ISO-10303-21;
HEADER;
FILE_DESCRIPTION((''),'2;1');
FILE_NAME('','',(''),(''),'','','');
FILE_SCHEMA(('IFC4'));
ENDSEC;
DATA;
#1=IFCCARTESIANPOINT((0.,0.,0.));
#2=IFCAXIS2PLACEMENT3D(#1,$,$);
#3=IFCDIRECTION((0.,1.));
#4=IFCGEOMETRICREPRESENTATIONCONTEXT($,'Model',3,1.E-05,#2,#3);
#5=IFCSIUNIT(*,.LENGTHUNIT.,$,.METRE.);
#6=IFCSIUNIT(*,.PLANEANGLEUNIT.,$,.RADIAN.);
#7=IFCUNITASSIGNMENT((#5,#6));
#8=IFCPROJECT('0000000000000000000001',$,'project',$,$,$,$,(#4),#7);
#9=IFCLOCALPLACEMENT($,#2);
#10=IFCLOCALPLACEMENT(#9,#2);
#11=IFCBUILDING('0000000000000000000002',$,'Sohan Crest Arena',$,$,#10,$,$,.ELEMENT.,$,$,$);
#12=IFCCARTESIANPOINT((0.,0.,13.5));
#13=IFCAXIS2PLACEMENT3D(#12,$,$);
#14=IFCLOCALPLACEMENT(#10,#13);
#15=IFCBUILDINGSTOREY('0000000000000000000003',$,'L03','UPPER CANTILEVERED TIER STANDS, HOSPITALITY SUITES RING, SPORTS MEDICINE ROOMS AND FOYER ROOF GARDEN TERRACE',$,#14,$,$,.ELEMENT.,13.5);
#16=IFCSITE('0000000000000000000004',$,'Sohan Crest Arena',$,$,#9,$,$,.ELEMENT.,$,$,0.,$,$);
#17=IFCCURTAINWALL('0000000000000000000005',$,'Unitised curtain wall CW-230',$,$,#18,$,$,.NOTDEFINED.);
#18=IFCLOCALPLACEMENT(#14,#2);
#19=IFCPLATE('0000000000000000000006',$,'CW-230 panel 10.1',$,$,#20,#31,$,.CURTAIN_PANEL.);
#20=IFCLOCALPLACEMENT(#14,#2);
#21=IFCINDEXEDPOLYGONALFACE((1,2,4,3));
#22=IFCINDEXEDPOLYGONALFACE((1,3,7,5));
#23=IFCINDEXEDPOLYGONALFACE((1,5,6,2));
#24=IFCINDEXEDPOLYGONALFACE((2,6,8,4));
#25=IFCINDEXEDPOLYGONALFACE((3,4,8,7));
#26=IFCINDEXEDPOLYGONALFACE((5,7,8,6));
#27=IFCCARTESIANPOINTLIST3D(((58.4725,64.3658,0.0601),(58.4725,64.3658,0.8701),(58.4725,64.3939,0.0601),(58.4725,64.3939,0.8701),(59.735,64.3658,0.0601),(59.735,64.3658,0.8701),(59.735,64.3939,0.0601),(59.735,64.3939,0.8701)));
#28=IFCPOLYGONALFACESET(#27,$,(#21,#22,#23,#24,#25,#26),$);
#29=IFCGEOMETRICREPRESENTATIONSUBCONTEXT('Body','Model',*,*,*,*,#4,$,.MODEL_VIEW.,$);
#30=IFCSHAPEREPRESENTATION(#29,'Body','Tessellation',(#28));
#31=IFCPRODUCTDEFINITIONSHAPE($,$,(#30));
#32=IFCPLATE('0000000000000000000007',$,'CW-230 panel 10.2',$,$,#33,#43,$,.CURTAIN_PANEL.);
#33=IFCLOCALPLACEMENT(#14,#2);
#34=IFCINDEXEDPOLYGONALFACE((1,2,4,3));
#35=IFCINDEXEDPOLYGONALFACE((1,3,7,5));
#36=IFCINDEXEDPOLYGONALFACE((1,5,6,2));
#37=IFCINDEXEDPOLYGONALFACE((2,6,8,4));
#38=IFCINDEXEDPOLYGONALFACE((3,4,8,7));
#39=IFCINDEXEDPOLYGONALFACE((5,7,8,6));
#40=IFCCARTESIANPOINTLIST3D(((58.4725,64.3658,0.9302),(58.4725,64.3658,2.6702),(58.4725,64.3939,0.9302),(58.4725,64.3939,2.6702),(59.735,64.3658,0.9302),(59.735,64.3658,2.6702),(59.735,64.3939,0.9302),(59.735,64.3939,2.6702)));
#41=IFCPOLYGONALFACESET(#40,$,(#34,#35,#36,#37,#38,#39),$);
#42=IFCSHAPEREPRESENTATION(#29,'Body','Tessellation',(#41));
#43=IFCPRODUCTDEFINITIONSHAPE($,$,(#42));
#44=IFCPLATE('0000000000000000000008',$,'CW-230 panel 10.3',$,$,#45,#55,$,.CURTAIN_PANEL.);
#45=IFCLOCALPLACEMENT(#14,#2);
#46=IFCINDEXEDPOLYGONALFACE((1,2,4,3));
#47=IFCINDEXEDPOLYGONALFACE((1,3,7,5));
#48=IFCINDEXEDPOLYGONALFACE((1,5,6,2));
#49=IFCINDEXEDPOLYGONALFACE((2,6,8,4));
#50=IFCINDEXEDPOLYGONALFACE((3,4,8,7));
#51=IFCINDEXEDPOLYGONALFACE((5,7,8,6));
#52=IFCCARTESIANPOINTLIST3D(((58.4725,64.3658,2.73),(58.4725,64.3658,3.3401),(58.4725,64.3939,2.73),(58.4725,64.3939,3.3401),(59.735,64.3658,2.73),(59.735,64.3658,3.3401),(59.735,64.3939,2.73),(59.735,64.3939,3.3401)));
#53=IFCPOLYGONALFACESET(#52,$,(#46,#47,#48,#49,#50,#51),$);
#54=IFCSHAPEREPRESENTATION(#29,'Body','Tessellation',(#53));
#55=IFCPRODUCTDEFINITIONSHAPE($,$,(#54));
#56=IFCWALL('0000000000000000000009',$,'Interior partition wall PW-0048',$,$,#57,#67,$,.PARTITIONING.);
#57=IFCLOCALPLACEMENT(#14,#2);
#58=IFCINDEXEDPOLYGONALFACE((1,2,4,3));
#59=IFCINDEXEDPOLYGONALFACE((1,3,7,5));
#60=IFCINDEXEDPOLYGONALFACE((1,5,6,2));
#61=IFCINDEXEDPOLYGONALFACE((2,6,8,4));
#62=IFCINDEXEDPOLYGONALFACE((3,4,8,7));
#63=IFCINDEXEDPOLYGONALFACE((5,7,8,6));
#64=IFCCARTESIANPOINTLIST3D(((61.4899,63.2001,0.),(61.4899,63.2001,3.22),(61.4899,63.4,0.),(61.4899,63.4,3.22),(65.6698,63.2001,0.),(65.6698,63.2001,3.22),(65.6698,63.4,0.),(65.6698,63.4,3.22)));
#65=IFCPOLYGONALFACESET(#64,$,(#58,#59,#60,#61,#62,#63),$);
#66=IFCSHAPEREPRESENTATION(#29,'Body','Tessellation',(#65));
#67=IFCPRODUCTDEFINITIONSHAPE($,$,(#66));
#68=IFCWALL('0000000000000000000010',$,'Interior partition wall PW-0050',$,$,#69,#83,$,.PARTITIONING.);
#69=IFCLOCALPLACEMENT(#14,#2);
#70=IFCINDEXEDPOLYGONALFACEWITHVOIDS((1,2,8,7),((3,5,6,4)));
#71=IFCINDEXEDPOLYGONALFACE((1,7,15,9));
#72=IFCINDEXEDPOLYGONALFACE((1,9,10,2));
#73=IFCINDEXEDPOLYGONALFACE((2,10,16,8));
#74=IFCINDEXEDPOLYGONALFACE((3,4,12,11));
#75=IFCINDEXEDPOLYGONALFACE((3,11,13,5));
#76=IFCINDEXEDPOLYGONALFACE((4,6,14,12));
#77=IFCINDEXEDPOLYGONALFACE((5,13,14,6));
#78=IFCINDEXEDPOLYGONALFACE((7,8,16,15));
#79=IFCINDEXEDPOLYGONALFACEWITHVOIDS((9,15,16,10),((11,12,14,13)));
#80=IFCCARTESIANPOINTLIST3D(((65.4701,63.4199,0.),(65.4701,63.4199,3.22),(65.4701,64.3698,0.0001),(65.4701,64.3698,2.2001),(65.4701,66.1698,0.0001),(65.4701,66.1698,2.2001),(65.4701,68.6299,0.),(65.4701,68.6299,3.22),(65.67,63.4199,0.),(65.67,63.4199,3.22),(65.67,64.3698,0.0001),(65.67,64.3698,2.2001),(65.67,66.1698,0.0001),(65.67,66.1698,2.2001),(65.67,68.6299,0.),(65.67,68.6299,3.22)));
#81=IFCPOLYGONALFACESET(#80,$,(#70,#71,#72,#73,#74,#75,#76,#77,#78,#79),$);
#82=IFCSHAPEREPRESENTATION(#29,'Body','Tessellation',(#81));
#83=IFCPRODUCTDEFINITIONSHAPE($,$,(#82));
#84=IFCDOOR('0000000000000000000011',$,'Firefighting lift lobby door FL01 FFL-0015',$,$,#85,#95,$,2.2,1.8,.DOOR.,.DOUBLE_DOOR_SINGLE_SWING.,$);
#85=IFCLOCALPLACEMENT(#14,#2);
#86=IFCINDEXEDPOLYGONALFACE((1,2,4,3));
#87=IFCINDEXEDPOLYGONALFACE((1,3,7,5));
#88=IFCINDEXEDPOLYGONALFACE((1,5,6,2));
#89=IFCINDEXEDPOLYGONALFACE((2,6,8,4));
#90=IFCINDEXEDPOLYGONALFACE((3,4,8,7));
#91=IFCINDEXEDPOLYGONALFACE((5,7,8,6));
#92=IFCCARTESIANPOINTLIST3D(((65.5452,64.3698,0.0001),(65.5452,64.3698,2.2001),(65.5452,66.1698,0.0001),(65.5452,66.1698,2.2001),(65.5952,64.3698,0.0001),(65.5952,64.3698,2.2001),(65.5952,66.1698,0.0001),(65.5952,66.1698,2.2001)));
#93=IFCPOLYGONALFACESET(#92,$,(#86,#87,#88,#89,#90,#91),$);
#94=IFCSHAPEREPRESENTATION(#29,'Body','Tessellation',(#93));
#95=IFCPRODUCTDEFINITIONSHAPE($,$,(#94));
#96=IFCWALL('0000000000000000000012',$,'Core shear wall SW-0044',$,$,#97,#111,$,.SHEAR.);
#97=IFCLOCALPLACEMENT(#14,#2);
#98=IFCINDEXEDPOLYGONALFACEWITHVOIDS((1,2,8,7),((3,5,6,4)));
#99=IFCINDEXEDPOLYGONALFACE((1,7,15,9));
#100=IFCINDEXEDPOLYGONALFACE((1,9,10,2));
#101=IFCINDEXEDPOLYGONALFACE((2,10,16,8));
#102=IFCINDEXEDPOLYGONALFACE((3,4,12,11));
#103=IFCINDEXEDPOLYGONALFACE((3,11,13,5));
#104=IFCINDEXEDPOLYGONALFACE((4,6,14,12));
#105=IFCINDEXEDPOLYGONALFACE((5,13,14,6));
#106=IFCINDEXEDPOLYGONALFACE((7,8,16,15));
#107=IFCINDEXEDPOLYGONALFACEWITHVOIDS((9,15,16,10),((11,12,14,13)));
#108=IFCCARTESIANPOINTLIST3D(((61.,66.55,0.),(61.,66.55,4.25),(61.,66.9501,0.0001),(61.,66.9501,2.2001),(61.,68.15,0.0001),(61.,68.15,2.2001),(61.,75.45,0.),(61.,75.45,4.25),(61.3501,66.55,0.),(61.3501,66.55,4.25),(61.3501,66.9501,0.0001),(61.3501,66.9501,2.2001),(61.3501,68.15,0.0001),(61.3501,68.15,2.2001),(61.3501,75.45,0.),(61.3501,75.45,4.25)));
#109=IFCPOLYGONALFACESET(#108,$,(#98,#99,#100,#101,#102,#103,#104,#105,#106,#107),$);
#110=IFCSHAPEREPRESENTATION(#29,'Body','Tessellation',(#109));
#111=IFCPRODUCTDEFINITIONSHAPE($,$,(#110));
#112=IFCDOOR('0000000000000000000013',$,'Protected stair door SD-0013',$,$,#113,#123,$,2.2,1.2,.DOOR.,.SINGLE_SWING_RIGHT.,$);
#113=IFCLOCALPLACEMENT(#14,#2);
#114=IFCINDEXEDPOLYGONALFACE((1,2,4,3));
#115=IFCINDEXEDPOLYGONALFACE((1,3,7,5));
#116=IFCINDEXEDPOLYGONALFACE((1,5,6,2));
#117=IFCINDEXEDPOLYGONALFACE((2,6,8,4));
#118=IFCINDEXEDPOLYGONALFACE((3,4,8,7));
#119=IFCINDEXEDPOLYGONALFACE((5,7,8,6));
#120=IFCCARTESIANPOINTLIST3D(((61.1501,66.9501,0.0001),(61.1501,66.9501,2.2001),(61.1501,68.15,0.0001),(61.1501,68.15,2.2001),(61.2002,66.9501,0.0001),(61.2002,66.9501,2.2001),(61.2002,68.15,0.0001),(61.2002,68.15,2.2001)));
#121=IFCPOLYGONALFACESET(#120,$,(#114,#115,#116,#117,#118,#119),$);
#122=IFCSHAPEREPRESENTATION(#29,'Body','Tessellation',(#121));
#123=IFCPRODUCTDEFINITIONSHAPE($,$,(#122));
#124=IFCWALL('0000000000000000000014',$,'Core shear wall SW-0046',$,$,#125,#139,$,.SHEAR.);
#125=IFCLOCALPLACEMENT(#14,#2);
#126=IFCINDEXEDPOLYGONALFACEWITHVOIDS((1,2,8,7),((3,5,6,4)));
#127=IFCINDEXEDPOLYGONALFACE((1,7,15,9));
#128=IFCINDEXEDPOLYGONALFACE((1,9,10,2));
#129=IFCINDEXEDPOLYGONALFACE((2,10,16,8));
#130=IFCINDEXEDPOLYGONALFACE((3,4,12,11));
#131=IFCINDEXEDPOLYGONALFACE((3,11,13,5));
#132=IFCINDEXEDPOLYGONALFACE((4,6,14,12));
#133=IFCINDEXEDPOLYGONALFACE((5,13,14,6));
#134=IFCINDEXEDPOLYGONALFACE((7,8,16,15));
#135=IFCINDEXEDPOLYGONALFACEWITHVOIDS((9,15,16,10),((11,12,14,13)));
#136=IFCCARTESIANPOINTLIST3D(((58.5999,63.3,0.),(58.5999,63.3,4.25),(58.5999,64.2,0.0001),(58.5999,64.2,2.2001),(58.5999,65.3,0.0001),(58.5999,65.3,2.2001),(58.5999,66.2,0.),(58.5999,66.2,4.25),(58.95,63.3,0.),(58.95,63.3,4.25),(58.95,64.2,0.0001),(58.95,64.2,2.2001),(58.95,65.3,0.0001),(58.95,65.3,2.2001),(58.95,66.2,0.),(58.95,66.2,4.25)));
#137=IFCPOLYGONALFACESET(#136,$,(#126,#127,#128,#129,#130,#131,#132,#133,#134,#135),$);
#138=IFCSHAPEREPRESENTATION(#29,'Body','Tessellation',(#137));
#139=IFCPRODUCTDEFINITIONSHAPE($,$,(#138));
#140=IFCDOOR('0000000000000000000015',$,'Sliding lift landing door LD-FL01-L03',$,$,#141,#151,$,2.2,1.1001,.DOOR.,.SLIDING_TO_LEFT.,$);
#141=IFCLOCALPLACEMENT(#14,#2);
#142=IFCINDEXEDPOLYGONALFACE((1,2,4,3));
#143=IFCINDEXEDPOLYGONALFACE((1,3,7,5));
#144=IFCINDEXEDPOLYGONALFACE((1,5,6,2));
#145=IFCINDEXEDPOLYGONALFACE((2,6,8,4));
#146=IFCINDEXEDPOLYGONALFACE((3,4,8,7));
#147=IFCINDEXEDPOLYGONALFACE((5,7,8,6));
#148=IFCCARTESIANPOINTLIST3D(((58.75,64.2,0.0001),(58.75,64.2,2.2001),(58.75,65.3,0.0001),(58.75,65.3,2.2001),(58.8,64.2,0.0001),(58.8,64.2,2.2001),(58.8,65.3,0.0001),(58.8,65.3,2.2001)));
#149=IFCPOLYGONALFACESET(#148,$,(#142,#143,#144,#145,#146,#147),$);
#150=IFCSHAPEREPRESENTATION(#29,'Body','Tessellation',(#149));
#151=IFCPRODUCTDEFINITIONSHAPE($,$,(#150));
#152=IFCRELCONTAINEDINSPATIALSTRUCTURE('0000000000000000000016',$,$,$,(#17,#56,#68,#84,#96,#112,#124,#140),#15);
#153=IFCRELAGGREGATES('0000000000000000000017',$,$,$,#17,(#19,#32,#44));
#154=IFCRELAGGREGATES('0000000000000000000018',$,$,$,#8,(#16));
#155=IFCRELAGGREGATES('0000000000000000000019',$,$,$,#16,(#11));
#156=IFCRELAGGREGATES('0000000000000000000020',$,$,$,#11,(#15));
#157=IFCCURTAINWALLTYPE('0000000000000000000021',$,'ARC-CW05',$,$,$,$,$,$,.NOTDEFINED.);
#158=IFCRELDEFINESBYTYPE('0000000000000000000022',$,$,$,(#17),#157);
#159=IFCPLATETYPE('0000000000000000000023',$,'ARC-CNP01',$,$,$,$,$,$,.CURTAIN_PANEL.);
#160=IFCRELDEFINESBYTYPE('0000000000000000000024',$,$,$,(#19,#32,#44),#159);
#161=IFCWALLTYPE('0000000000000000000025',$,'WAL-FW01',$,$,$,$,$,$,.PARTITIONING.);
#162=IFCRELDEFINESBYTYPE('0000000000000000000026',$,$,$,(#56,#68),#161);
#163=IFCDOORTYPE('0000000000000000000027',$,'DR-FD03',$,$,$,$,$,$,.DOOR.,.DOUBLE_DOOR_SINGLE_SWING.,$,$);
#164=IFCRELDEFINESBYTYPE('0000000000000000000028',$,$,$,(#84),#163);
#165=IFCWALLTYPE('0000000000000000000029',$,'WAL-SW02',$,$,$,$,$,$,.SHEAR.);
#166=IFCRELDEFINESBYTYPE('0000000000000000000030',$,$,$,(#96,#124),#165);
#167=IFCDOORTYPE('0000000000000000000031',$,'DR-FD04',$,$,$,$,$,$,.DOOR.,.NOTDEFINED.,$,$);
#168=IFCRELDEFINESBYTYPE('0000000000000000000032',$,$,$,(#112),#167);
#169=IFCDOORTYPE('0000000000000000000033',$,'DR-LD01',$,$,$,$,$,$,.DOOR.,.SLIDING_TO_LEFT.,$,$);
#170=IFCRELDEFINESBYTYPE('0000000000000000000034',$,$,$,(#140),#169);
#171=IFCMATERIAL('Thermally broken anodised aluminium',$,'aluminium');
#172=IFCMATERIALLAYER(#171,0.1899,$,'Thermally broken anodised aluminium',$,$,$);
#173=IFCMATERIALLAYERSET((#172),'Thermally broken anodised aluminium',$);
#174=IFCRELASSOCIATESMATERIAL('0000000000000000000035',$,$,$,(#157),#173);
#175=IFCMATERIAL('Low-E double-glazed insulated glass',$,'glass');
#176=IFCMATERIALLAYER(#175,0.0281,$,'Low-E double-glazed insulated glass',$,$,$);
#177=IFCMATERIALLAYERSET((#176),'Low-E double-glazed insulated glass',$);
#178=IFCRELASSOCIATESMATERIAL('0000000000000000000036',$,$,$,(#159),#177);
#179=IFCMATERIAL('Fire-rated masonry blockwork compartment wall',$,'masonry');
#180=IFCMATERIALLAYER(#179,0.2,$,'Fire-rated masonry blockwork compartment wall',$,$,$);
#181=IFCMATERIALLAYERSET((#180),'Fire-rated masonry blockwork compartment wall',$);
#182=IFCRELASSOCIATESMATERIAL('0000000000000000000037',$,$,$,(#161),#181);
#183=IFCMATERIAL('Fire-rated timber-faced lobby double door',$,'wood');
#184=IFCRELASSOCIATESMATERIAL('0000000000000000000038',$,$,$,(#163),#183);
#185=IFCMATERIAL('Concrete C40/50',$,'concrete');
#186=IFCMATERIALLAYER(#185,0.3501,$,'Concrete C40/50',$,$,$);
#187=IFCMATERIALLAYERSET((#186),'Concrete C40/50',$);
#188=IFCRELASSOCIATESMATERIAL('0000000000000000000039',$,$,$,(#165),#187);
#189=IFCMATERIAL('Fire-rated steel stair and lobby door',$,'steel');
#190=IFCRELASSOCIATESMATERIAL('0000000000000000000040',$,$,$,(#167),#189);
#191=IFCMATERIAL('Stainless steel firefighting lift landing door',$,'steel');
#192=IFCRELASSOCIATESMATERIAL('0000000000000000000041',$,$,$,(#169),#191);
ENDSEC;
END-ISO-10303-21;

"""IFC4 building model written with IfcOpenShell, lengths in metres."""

from ifc_helpers import new_model, si_unit, direction, frame, frame_2d, origin, origin_2d, place, context, subcontext, project, spatial, rectangle, extrude, material, layer, layer_set, type_object, element, fill, aggregate, save


model = new_model("IFC4")

# Units and contexts
model_context = context("Model", 3, precision=1e-05, world=origin(), true_north=direction((0.0, 1.0)))
body_context = subcontext(model_context, "Body", "Model", "MODEL_VIEW")
ifc_project = project(units=[si_unit("LENGTHUNIT", "METRE"), si_unit("PLANEANGLEUNIT", "RADIAN")], contexts=[model_context])

# Site, building, storey
site_placement = place(None, origin())
site = spatial("IfcSite", under=ifc_project, at=site_placement, Name="Sohan Crest Arena", CompositionType="ELEMENT", RefElevation=0.0)
building_placement = place(site_placement, origin())
building = spatial("IfcBuilding", under=site, at=building_placement, Name="Sohan Crest Arena", CompositionType="ELEMENT")
storey_placement = place(building_placement, frame((0.0, 0.0, 13.5)))
storey = spatial("IfcBuildingStorey", under=building, at=storey_placement, Name="L03", Description="UPPER CANTILEVERED TIER STANDS, HOSPITALITY SUITES RING, SPORTS MEDICINE ROOMS AND FOYER ROOF GARDEN TERRACE", CompositionType="ELEMENT", Elevation=13.5)

# Curtain wall
ifc_material_1 = material(Name="Thermally broken anodised aluminium", Category="aluminium")
ifc_layer_1 = layer(ifc_material_1, 0.1899, Name="Thermally broken anodised aluminium")
ifc_layer_set_1 = layer_set([ifc_layer_1], Name="Thermally broken anodised aluminium")
curtain_wall_type = type_object("IfcCurtainWallType", Name="ARC-CW05", PredefinedType="NOTDEFINED", material=ifc_layer_set_1)
curtain_wall_1_placement = place(storey_placement, origin())
curtain_wall_1 = element("IfcCurtainWall", 1, at=curtain_wall_1_placement, inside=storey, type_object=curtain_wall_type, Name="Unitised curtain wall CW-230", PredefinedType="NOTDEFINED")

# Plates
ifc_material_2 = material(Name="Low-E double-glazed insulated glass", Category="glass")
ifc_layer_2 = layer(ifc_material_2, 0.0281, Name="Low-E double-glazed insulated glass")
ifc_layer_set_2 = layer_set([ifc_layer_2], Name="Low-E double-glazed insulated glass")
plate_type = type_object("IfcPlateType", Name="ARC-CNP01", PredefinedType="CURTAIN_PANEL", material=ifc_layer_set_2)
plate_1_placement = place(storey_placement, frame((59.1038, 64.3799, 0.0601), z_axis=(0.0, 0.0, 1.0), x_axis=(1.0, 0.0, 0.0)))
plate_1 = element("IfcPlate", 2, at=plate_1_placement, type_object=plate_type, Name="CW-230 panel 10.1", PredefinedType="CURTAIN_PANEL", context=body_context, shape_type="SweptSolid", body=[
    extrude(rectangle(XDim=1.2625, YDim=0.0281, at=origin_2d()), origin(), (0.0, 0.0, 1.0), 0.8101),
])
plate_2_placement = place(storey_placement, frame((59.1038, 64.3799, 0.9302), z_axis=(0.0, 0.0, 1.0), x_axis=(1.0, 0.0, 0.0)))
plate_2 = element("IfcPlate", 3, at=plate_2_placement, type_object=plate_type, Name="CW-230 panel 10.2", PredefinedType="CURTAIN_PANEL", context=body_context, shape_type="SweptSolid", body=[
    extrude(rectangle(XDim=1.2625, YDim=0.0281, at=origin_2d()), origin(), (0.0, 0.0, 1.0), 1.74),
])
plate_3_placement = place(storey_placement, frame((59.1038, 64.3799, 2.73), z_axis=(0.0, 0.0, 1.0), x_axis=(1.0, 0.0, 0.0)))
plate_3 = element("IfcPlate", 4, at=plate_3_placement, type_object=plate_type, Name="CW-230 panel 10.3", PredefinedType="CURTAIN_PANEL", context=body_context, shape_type="SweptSolid", body=[
    extrude(rectangle(XDim=1.2625, YDim=0.0281, at=origin_2d()), origin(), (0.0, 0.0, 1.0), 0.6101),
])
aggregate(curtain_wall_1, [plate_1, plate_2, plate_3])

# Wall
ifc_material_3 = material(Name="Fire-rated masonry blockwork compartment wall", Category="masonry")
ifc_layer_3 = layer(ifc_material_3, 0.2, Name="Fire-rated masonry blockwork compartment wall")
ifc_layer_set_3 = layer_set([ifc_layer_3], Name="Fire-rated masonry blockwork compartment wall")
wall_type_1 = type_object("IfcWallType", Name="WAL-FW01", PredefinedType="PARTITIONING", material=ifc_layer_set_3)
wall_1_placement = place(storey_placement, frame((61.49, 63.3, 0.0), z_axis=(0.0, 0.0, 1.0), x_axis=(1.0, 0.0, 0.0)))
element("IfcWall", 5, at=wall_1_placement, inside=storey, type_object=wall_type_1, Name="Interior partition wall PW-0048", PredefinedType="PARTITIONING", context=body_context, shape_type="SweptSolid", body=[
    extrude(rectangle(XDim=4.1799, YDim=0.2, at=frame_2d((2.0898, 0.0))), origin(), (0.0, 0.0, 1.0), 3.22),
])

# Walls, openings, doors
wall_2_placement = place(storey_placement, frame((65.5701, 63.4199, 0.0), z_axis=(0.0, 0.0, 1.0), x_axis=(0.0, 1.0, 0.0)))
wall_2 = element("IfcWall", 6, at=wall_2_placement, inside=storey, type_object=wall_type_1, Name="Interior partition wall PW-0050", PredefinedType="PARTITIONING", context=body_context, shape_type="SweptSolid", body=[
    extrude(rectangle(XDim=5.21, YDim=0.2, at=frame_2d((2.605, 0.0))), origin(), (0.0, 0.0, 1.0), 3.22),
])
opening_1_placement = place(wall_2_placement, frame((0.95, 0.0, 0.0)))
opening_1 = element("IfcOpeningElement", 7, at=opening_1_placement, cuts=wall_2, PredefinedType="OPENING", context=body_context, shape_type="SweptSolid", body=[
    extrude(rectangle(XDim=1.8, YDim=2.2, at=frame_2d((0.8999, 1.1001))), frame((0.0, 0.1099, 0.0), z_axis=(0.0, -1.0, 0.0), x_axis=(1.0, 0.0, 0.0)), (0.0, 0.0, 1.0), 0.22),
])
ifc_material_4 = material(Name="Fire-rated timber-faced lobby double door", Category="wood")
door_type_1 = type_object("IfcDoorType", Name="DR-FD03", OperationType="DOUBLE_DOOR_SINGLE_SWING", PredefinedType="DOOR", material=ifc_material_4)
door_1_placement = place(opening_1_placement, origin())
door_1 = element("IfcDoor", 8, at=door_1_placement, inside=storey, type_object=door_type_1, Name="Firefighting lift lobby door FL01 FFL-0015", OperationType="DOUBLE_DOOR_SINGLE_SWING", OverallHeight=2.2, OverallWidth=1.8, PredefinedType="DOOR", context=body_context, shape_type="SweptSolid", body=[
    extrude(rectangle(XDim=1.8, YDim=2.2, at=frame_2d((0.8999, 1.1001))), frame((0.0, 0.0249, 0.0), z_axis=(0.0, -1.0, 0.0), x_axis=(1.0, 0.0, 0.0)), (0.0, 0.0, 1.0), 0.05),
])
fill(opening_1, door_1)
ifc_material_5 = material(Name="Concrete C40/50", Category="concrete")
ifc_layer_4 = layer(ifc_material_5, 0.3501, Name="Concrete C40/50")
ifc_layer_set_4 = layer_set([ifc_layer_4], Name="Concrete C40/50")
wall_type_2 = type_object("IfcWallType", Name="WAL-SW02", PredefinedType="SHEAR", material=ifc_layer_set_4)
wall_3_placement = place(storey_placement, frame((61.175, 66.55, 0.0), z_axis=(0.0, 0.0, 1.0), x_axis=(0.0, 1.0, 0.0)))
wall_3 = element("IfcWall", 9, at=wall_3_placement, inside=storey, type_object=wall_type_2, Name="Core shear wall SW-0044", PredefinedType="SHEAR", context=body_context, shape_type="SweptSolid", body=[
    extrude(rectangle(XDim=8.8999, YDim=0.3501, at=frame_2d((4.45, 0.0))), origin(), (0.0, 0.0, 1.0), 4.25),
])
opening_2_placement = place(wall_3_placement, frame((0.3999, 0.0, 0.0)))
opening_2 = element("IfcOpeningElement", 10, at=opening_2_placement, cuts=wall_3, PredefinedType="OPENING", context=body_context, shape_type="SweptSolid", body=[
    extrude(rectangle(XDim=1.2, YDim=2.2, at=frame_2d((0.6001, 1.1001))), frame((0.0, 0.1851, 0.0), z_axis=(0.0, -1.0, 0.0), x_axis=(1.0, 0.0, 0.0)), (0.0, 0.0, 1.0), 0.3701),
])
ifc_material_6 = material(Name="Fire-rated steel stair and lobby door", Category="steel")
door_type_2 = type_object("IfcDoorType", Name="DR-FD04", OperationType="NOTDEFINED", PredefinedType="DOOR", material=ifc_material_6)
door_2_placement = place(opening_2_placement, origin())
door_2 = element("IfcDoor", 11, at=door_2_placement, inside=storey, type_object=door_type_2, Name="Protected stair door SD-0013", OperationType="SINGLE_SWING_RIGHT", OverallHeight=2.2, OverallWidth=1.2, PredefinedType="DOOR", context=body_context, shape_type="SweptSolid", body=[
    extrude(rectangle(XDim=1.2, YDim=2.2, at=frame_2d((0.6001, 1.1001))), frame((0.0, 0.0249, 0.0), z_axis=(0.0, -1.0, 0.0), x_axis=(1.0, 0.0, 0.0)), (0.0, 0.0, 1.0), 0.05),
])
fill(opening_2, door_2)
wall_4_placement = place(storey_placement, frame((58.7749, 63.3, 0.0), z_axis=(0.0, 0.0, 1.0), x_axis=(0.0, 1.0, 0.0)))
wall_4 = element("IfcWall", 12, at=wall_4_placement, inside=storey, type_object=wall_type_2, Name="Core shear wall SW-0046", PredefinedType="SHEAR", context=body_context, shape_type="SweptSolid", body=[
    extrude(rectangle(XDim=2.8999, YDim=0.3501, at=frame_2d((1.45, 0.0))), origin(), (0.0, 0.0, 1.0), 4.25),
])
opening_3_placement = place(wall_4_placement, frame((0.8999, 0.0, 0.0)))
opening_3 = element("IfcOpeningElement", 13, at=opening_3_placement, cuts=wall_4, PredefinedType="OPENING", context=body_context, shape_type="SweptSolid", body=[
    extrude(rectangle(XDim=1.1001, YDim=2.2, at=frame_2d((0.55, 1.1001))), frame((0.0, 0.1851, 0.0), z_axis=(0.0, -1.0, 0.0), x_axis=(1.0, 0.0, 0.0)), (0.0, 0.0, 1.0), 0.3701),
])
ifc_material_7 = material(Name="Stainless steel firefighting lift landing door", Category="steel")
door_type_3 = type_object("IfcDoorType", Name="DR-LD01", OperationType="SLIDING_TO_LEFT", PredefinedType="DOOR", material=ifc_material_7)
door_3_placement = place(opening_3_placement, origin())
door_3 = element("IfcDoor", 14, at=door_3_placement, inside=storey, type_object=door_type_3, Name="Sliding lift landing door LD-FL01-L03", OperationType="SLIDING_TO_LEFT", OverallHeight=2.2, OverallWidth=1.1001, PredefinedType="DOOR", context=body_context, shape_type="SweptSolid", body=[
    extrude(rectangle(XDim=1.1001, YDim=2.2, at=frame_2d((0.55, 1.1001))), frame((0.0, 0.0249, 0.0), z_axis=(0.0, -1.0, 0.0), x_axis=(1.0, 0.0, 0.0)), (0.0, 0.0, 1.0), 0.05),
])
fill(opening_3, door_3)

save(model, "model.ifc")
